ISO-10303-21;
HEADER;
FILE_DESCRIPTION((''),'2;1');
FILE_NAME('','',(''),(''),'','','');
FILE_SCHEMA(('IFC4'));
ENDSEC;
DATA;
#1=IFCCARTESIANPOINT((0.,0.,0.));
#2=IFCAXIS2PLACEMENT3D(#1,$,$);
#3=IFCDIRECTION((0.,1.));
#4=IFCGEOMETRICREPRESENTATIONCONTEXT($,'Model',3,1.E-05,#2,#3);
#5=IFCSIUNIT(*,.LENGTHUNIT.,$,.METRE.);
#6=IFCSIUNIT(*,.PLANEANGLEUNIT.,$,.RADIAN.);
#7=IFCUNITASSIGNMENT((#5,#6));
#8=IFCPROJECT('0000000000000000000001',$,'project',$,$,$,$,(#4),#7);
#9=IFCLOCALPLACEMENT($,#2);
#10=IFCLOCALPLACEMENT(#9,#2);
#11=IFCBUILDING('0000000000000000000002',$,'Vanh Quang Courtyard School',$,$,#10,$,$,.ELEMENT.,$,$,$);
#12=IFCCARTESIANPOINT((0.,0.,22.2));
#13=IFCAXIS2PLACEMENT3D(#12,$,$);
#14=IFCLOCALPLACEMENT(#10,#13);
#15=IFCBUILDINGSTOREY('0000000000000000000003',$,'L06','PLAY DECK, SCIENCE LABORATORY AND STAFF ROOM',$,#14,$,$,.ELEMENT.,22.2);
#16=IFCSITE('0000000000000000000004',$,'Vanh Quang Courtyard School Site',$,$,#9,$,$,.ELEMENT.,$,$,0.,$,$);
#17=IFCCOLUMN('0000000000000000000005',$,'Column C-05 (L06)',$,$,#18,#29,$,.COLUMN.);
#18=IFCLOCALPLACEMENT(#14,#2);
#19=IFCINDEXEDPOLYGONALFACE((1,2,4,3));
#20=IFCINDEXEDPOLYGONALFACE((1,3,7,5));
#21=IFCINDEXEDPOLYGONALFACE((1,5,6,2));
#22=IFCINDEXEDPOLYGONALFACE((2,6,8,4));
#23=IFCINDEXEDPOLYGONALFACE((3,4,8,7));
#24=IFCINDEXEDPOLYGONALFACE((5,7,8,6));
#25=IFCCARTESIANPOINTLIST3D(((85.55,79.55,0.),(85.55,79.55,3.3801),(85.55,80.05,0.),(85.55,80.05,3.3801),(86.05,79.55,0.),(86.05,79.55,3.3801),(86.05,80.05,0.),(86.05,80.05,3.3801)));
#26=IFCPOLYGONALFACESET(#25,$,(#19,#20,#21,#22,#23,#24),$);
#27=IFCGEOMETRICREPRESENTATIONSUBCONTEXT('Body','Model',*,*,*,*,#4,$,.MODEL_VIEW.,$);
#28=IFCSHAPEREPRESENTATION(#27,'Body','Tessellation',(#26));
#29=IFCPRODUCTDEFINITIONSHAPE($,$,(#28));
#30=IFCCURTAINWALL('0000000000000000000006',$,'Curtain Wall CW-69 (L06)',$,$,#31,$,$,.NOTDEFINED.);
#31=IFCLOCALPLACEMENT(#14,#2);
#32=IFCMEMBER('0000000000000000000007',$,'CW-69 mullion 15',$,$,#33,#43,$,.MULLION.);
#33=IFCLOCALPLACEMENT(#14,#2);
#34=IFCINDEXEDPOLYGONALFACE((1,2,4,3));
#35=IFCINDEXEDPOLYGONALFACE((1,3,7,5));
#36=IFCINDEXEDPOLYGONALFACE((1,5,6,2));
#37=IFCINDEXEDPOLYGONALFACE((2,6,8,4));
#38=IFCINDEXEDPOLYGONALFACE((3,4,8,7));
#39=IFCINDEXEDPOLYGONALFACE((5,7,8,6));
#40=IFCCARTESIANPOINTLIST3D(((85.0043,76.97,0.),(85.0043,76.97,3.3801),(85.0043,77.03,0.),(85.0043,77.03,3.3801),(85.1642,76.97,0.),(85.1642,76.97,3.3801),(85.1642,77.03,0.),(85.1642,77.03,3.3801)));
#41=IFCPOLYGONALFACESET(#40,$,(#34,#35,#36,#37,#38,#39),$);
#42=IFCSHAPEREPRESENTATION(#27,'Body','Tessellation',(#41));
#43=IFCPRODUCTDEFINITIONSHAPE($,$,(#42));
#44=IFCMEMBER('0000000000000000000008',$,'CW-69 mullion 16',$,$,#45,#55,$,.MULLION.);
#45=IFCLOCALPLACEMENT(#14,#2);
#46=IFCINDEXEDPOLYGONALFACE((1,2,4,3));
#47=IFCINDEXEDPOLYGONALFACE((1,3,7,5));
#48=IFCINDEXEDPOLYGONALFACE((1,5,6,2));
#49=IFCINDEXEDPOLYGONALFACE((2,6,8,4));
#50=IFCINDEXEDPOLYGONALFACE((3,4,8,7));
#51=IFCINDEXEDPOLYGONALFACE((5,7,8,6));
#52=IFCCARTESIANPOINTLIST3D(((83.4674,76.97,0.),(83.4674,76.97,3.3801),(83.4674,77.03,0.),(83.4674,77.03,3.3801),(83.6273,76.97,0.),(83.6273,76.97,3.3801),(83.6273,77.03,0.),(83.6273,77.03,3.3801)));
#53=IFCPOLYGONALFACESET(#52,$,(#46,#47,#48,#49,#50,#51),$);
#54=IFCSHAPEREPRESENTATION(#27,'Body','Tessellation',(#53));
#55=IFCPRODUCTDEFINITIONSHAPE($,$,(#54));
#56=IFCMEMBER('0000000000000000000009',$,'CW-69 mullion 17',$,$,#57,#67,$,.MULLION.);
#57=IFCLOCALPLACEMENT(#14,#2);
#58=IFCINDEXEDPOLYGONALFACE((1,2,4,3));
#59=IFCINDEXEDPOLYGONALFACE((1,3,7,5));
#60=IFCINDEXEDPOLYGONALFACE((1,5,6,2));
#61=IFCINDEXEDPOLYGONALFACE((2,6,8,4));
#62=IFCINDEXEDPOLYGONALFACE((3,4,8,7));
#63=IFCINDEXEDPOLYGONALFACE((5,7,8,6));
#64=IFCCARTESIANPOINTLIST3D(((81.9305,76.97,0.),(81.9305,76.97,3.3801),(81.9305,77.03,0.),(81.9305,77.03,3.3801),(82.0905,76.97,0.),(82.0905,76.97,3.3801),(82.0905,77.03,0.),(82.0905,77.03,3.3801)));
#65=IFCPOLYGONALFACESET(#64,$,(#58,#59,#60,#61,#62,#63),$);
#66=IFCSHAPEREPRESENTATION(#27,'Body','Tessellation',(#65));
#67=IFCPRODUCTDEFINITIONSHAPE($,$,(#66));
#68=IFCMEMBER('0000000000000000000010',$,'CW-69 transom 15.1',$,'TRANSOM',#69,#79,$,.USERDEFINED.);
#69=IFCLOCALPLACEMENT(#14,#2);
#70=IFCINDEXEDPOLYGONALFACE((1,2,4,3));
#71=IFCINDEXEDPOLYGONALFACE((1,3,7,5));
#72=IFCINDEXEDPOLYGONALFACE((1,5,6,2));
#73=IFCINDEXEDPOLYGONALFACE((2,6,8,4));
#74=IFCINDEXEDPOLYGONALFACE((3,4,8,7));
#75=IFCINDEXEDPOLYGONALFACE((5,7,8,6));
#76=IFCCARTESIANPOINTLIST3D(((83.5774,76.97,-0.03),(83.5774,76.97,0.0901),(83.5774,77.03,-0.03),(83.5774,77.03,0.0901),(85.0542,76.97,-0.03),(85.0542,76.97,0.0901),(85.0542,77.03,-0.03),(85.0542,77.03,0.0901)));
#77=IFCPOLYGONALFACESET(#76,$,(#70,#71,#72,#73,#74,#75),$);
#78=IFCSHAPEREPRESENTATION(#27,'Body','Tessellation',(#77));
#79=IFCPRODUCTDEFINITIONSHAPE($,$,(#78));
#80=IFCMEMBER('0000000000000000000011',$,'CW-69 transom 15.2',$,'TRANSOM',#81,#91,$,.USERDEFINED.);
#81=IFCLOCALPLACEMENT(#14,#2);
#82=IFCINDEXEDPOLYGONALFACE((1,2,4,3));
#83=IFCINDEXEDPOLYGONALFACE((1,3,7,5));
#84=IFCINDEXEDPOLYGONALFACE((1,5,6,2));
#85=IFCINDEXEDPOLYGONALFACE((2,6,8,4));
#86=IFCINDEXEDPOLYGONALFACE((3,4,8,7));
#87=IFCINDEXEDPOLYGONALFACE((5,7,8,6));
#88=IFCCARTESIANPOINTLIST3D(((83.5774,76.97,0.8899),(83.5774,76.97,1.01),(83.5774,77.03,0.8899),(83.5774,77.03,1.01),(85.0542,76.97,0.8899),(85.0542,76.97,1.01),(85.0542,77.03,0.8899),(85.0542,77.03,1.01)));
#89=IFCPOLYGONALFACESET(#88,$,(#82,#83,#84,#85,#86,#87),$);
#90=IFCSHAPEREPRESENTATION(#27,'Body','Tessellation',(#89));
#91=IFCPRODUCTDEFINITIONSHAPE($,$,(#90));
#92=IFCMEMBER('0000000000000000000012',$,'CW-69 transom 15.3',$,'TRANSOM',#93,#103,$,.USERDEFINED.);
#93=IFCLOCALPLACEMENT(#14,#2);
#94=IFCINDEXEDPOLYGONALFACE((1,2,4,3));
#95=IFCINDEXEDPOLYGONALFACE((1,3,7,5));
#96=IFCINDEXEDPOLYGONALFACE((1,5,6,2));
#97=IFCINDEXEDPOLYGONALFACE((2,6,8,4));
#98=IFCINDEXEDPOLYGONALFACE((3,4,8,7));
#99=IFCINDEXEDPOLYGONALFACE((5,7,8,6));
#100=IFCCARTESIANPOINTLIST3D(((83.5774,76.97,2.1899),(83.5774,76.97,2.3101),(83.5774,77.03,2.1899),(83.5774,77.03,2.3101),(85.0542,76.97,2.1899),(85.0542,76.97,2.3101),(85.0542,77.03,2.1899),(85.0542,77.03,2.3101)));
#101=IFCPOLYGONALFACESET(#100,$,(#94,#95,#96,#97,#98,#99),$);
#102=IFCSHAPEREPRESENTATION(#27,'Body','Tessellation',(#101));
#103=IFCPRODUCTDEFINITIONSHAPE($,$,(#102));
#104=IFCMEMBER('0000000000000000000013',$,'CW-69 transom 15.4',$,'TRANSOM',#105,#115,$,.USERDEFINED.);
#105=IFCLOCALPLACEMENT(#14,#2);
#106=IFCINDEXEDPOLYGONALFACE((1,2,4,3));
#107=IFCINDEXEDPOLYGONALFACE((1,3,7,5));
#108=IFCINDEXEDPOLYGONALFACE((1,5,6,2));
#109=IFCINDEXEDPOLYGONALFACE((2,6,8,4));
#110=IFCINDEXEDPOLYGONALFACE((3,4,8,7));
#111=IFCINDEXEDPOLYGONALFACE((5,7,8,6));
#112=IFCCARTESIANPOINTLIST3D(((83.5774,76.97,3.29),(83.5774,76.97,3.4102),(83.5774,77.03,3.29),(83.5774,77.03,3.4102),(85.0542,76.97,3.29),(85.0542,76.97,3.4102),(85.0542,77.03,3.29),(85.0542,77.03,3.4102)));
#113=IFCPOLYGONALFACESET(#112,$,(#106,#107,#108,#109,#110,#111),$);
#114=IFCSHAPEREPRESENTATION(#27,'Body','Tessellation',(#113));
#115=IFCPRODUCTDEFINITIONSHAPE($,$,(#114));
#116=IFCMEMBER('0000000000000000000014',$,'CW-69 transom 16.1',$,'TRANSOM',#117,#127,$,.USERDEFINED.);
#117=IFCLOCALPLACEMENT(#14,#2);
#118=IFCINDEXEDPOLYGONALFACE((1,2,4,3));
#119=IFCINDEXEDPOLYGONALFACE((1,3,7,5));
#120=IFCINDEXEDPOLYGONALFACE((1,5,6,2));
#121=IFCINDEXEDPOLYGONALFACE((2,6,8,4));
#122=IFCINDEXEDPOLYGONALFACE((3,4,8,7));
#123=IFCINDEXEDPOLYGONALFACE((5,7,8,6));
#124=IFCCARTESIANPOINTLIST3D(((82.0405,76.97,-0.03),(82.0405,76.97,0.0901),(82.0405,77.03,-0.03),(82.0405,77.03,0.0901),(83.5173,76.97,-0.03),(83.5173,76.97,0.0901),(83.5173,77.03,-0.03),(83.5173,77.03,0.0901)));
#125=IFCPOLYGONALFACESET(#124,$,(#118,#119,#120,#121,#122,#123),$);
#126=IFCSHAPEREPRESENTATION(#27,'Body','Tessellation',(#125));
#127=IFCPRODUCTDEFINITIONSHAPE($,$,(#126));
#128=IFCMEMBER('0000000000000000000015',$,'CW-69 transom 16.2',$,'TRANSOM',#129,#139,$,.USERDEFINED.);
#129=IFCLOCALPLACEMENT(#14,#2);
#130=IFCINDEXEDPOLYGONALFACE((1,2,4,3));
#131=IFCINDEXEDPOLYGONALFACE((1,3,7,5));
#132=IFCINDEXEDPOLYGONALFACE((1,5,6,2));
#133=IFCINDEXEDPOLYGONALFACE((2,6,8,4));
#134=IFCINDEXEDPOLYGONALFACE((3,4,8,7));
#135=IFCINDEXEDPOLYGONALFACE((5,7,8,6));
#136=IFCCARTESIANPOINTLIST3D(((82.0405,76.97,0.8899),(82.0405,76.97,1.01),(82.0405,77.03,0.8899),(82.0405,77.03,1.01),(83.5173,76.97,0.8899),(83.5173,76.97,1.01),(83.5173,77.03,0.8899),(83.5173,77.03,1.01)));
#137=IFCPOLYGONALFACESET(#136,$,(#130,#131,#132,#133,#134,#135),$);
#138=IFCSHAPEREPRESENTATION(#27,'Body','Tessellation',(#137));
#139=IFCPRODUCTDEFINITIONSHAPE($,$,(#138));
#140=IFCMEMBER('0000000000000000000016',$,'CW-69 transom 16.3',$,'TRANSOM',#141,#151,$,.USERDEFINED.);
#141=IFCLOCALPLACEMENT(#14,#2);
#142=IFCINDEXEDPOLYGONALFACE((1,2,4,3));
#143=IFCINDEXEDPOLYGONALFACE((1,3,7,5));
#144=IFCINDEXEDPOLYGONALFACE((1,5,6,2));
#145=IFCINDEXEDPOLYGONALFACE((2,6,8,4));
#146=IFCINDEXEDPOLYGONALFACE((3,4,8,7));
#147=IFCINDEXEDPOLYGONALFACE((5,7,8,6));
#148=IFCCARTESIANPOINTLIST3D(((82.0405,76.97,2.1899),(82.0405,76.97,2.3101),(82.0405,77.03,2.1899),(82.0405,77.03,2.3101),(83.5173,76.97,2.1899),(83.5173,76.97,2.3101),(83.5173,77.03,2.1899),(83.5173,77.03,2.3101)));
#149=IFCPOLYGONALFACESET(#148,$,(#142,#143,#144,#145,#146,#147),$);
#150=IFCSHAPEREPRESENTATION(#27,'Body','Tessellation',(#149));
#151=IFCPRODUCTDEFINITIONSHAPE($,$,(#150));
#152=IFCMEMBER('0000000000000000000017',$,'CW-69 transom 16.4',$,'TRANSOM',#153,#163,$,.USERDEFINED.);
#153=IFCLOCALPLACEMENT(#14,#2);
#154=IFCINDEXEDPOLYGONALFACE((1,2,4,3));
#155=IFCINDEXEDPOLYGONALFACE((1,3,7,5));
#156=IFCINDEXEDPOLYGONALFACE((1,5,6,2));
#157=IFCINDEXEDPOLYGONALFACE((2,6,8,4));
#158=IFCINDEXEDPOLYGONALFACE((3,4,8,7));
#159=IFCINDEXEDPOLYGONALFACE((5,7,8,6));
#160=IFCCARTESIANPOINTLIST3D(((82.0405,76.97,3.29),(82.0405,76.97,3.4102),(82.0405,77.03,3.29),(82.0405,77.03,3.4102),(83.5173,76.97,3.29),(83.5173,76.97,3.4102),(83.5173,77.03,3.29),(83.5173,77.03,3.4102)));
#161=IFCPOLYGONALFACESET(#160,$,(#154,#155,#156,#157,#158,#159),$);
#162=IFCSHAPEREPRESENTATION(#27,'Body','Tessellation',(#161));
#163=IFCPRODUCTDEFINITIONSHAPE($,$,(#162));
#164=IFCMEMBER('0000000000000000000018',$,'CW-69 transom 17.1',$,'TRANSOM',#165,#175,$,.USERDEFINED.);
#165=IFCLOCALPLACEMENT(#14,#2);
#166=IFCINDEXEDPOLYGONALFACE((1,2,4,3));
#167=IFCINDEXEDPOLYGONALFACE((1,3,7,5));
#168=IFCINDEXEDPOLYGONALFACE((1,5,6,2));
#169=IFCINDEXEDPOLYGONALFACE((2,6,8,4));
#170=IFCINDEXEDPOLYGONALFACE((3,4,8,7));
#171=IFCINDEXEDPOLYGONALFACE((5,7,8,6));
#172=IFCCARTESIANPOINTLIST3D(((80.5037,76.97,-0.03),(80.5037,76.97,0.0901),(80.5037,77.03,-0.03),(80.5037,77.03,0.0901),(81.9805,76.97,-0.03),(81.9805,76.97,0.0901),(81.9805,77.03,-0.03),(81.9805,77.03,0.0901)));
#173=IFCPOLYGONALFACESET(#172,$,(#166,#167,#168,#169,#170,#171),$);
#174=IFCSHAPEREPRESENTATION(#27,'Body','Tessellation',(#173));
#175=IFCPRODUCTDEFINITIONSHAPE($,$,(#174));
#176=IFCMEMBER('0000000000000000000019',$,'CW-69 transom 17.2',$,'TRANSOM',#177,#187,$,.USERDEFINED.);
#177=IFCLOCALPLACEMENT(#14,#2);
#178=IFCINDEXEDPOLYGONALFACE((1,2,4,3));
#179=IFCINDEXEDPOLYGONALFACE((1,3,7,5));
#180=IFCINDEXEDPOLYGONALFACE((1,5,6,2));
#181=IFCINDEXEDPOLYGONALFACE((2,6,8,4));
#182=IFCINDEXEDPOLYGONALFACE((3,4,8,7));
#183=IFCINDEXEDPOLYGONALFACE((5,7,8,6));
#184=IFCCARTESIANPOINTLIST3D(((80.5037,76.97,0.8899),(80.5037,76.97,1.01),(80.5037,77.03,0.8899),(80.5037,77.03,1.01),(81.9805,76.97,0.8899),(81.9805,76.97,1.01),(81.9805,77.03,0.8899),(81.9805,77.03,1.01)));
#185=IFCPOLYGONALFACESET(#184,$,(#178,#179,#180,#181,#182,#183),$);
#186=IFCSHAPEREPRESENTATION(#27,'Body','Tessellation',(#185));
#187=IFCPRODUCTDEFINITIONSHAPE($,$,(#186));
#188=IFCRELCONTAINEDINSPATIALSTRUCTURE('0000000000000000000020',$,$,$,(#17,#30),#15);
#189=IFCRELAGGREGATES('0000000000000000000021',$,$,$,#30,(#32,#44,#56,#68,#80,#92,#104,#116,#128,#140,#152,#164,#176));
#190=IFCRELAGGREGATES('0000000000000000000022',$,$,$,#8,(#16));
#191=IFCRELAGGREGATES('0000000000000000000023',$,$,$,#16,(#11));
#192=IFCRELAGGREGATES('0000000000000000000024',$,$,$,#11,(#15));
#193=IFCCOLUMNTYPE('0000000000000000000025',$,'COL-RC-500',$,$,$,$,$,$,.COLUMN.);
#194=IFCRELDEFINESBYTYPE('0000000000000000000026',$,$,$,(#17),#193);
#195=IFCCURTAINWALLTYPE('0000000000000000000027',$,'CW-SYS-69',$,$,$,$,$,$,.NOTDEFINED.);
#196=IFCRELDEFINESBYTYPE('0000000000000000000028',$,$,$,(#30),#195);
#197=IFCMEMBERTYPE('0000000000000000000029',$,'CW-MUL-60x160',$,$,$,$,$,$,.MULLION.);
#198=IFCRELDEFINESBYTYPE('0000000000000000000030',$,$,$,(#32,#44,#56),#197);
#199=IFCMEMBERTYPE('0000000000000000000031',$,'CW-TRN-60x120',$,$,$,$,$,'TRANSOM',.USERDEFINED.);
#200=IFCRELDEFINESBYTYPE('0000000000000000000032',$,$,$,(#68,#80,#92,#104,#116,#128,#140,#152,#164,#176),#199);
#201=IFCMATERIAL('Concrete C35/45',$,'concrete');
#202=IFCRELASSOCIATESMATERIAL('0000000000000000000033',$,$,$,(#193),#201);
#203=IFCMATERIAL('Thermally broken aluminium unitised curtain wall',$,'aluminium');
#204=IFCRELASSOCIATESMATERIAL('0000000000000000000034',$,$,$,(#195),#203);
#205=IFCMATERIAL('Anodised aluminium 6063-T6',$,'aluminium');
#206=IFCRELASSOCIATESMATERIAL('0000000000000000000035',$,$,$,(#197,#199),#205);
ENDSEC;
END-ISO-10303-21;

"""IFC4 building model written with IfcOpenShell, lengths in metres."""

from ifc_helpers import new_model, si_unit, direction, frame, origin, origin_2d, place, context, subcontext, project, spatial, rectangle, extrude, material, material_profile, profile_set, type_object, element, aggregate, save


model = new_model("IFC4")

# Units and contexts
model_context = context("Model", 3, precision=1e-05, world=origin(), true_north=direction((0.0, 1.0)))
body_context = subcontext(model_context, "Body", "Model", "MODEL_VIEW")
ifc_project = project(units=[si_unit("LENGTHUNIT", "METRE"), si_unit("PLANEANGLEUNIT", "RADIAN")], contexts=[model_context])

# Site, building, storey
site_placement = place(None, origin())
site = spatial("IfcSite", under=ifc_project, at=site_placement, Name="Vanh Quang Courtyard School Site", CompositionType="ELEMENT", RefElevation=0.0)
building_placement = place(site_placement, origin())
building = spatial("IfcBuilding", under=site, at=building_placement, Name="Vanh Quang Courtyard School", CompositionType="ELEMENT")
storey_placement = place(building_placement, frame((0.0, 0.0, 22.2)))
storey = spatial("IfcBuildingStorey", under=building, at=storey_placement, Name="L06", Description="PLAY DECK, SCIENCE LABORATORY AND STAFF ROOM", CompositionType="ELEMENT", Elevation=22.2)

# Column
ifc_material_1 = material(Name="Concrete C35/45", Category="concrete")
ifc_material_profile_1 = material_profile(ifc_material_1, rectangle(XDim=0.5, YDim=0.5, at=origin_2d()), Name="RC-COL 500x500")
ifc_profile_set_1 = profile_set([ifc_material_profile_1], Name="Concrete C35/45")
column_type = type_object("IfcColumnType", Name="COL-RC-500", PredefinedType="COLUMN", material=ifc_profile_set_1)
column_placement = place(storey_placement, frame((85.8, 79.8, 0.0), z_axis=(0.0, 0.0, 1.0), x_axis=(1.0, 0.0, 0.0)))
element("IfcColumn", 1, at=column_placement, inside=storey, type_object=column_type, Name="Column C-05 (L06)", PredefinedType="COLUMN", context=body_context, shape_type="SweptSolid", body=[
    extrude(rectangle(XDim=0.5, YDim=0.5, at=origin_2d()), origin(), (0.0, 0.0, 1.0), 3.3801),
])

# Curtain wall, members
ifc_material_2 = material(Name="Thermally broken aluminium unitised curtain wall", Category="aluminium")
curtain_wall_type = type_object("IfcCurtainWallType", Name="CW-SYS-69", PredefinedType="NOTDEFINED", material=ifc_material_2)
curtain_wall_placement = place(storey_placement, origin())
curtain_wall = element("IfcCurtainWall", 2, at=curtain_wall_placement, inside=storey, type_object=curtain_wall_type, Name="Curtain Wall CW-69 (L06)", PredefinedType="NOTDEFINED")
ifc_material_3 = material(Name="Anodised aluminium 6063-T6", Category="aluminium")
ifc_material_profile_2 = material_profile(ifc_material_3, rectangle(XDim=0.0601, YDim=0.1599, at=origin_2d()), Name="ALU-MUL 60x160")
ifc_profile_set_2 = profile_set([ifc_material_profile_2], Name="Anodised aluminium 6063-T6")
member_type_1 = type_object("IfcMemberType", Name="CW-MUL-60x160", PredefinedType="MULLION", material=ifc_profile_set_2)
member_1_placement = place(storey_placement, frame((85.0842, 77.0, 0.0), z_axis=(0.0, 0.0, 1.0), x_axis=(0.0, -1.0, 0.0)))
member_1 = element("IfcMember", 3, at=member_1_placement, type_object=member_type_1, Name="CW-69 mullion 15", PredefinedType="MULLION", context=body_context, shape_type="SweptSolid", body=[
    extrude(rectangle(XDim=0.0601, YDim=0.1599, at=origin_2d()), origin(), (0.0, 0.0, 1.0), 3.3801),
])
member_2_placement = place(storey_placement, frame((83.5474, 77.0, 0.0), z_axis=(0.0, 0.0, 1.0), x_axis=(0.0, -1.0, 0.0)))
member_2 = element("IfcMember", 4, at=member_2_placement, type_object=member_type_1, Name="CW-69 mullion 16", PredefinedType="MULLION", context=body_context, shape_type="SweptSolid", body=[
    extrude(rectangle(XDim=0.0601, YDim=0.1599, at=origin_2d()), origin(), (0.0, 0.0, 1.0), 3.3801),
])
member_3_placement = place(storey_placement, frame((82.0105, 77.0, 0.0), z_axis=(0.0, 0.0, 1.0), x_axis=(0.0, -1.0, 0.0)))
member_3 = element("IfcMember", 5, at=member_3_placement, type_object=member_type_1, Name="CW-69 mullion 17", PredefinedType="MULLION", context=body_context, shape_type="SweptSolid", body=[
    extrude(rectangle(XDim=0.0601, YDim=0.1599, at=origin_2d()), origin(), (0.0, 0.0, 1.0), 3.3801),
])
ifc_material_profile_3 = material_profile(ifc_material_3, rectangle(XDim=0.0601, YDim=0.1201, at=origin_2d()), Name="ALU-TRN 60x120")
ifc_profile_set_3 = profile_set([ifc_material_profile_3], Name="Anodised aluminium 6063-T6")
member_type_2 = type_object("IfcMemberType", Name="CW-TRN-60x120", ElementType="TRANSOM", PredefinedType="USERDEFINED", material=ifc_profile_set_3)
member_4_placement = place(storey_placement, frame((85.0542, 77.0, 0.03), z_axis=(-1.0, 0.0, 0.0), x_axis=(0.0, -1.0, 0.0)))
member_4 = element("IfcMember", 6, at=member_4_placement, type_object=member_type_2, Name="CW-69 transom 15.1", ObjectType="TRANSOM", PredefinedType="USERDEFINED", context=body_context, shape_type="SweptSolid", body=[
    extrude(rectangle(XDim=0.0601, YDim=0.1201, at=origin_2d()), origin(), (0.0, 0.0, 1.0), 1.4768),
])
member_5_placement = place(storey_placement, frame((85.0542, 77.0, 0.95), z_axis=(-1.0, 0.0, 0.0), x_axis=(0.0, -1.0, 0.0)))
member_5 = element("IfcMember", 7, at=member_5_placement, type_object=member_type_2, Name="CW-69 transom 15.2", ObjectType="TRANSOM", PredefinedType="USERDEFINED", context=body_context, shape_type="SweptSolid", body=[
    extrude(rectangle(XDim=0.0601, YDim=0.1201, at=origin_2d()), origin(), (0.0, 0.0, 1.0), 1.4768),
])
member_6_placement = place(storey_placement, frame((85.0542, 77.0, 2.25), z_axis=(-1.0, 0.0, 0.0), x_axis=(0.0, -1.0, 0.0)))
member_6 = element("IfcMember", 8, at=member_6_placement, type_object=member_type_2, Name="CW-69 transom 15.3", ObjectType="TRANSOM", PredefinedType="USERDEFINED", context=body_context, shape_type="SweptSolid", body=[
    extrude(rectangle(XDim=0.0601, YDim=0.1201, at=origin_2d()), origin(), (0.0, 0.0, 1.0), 1.4768),
])
member_7_placement = place(storey_placement, frame((85.0542, 77.0, 3.3501), z_axis=(-1.0, 0.0, 0.0), x_axis=(0.0, -1.0, 0.0)))
member_7 = element("IfcMember", 9, at=member_7_placement, type_object=member_type_2, Name="CW-69 transom 15.4", ObjectType="TRANSOM", PredefinedType="USERDEFINED", context=body_context, shape_type="SweptSolid", body=[
    extrude(rectangle(XDim=0.0601, YDim=0.1201, at=origin_2d()), origin(), (0.0, 0.0, 1.0), 1.4768),
])
member_8_placement = place(storey_placement, frame((83.5173, 77.0, 0.03), z_axis=(-1.0, 0.0, 0.0), x_axis=(0.0, -1.0, 0.0)))
member_8 = element("IfcMember", 10, at=member_8_placement, type_object=member_type_2, Name="CW-69 transom 16.1", ObjectType="TRANSOM", PredefinedType="USERDEFINED", context=body_context, shape_type="SweptSolid", body=[
    extrude(rectangle(XDim=0.0601, YDim=0.1201, at=origin_2d()), origin(), (0.0, 0.0, 1.0), 1.4768),
])
member_9_placement = place(storey_placement, frame((83.5173, 77.0, 0.95), z_axis=(-1.0, 0.0, 0.0), x_axis=(0.0, -1.0, 0.0)))
member_9 = element("IfcMember", 11, at=member_9_placement, type_object=member_type_2, Name="CW-69 transom 16.2", ObjectType="TRANSOM", PredefinedType="USERDEFINED", context=body_context, shape_type="SweptSolid", body=[
    extrude(rectangle(XDim=0.0601, YDim=0.1201, at=origin_2d()), origin(), (0.0, 0.0, 1.0), 1.4768),
])
member_10_placement = place(storey_placement, frame((83.5173, 77.0, 2.25), z_axis=(-1.0, 0.0, 0.0), x_axis=(0.0, -1.0, 0.0)))
member_10 = element("IfcMember", 12, at=member_10_placement, type_object=member_type_2, Name="CW-69 transom 16.3", ObjectType="TRANSOM", PredefinedType="USERDEFINED", context=body_context, shape_type="SweptSolid", body=[
    extrude(rectangle(XDim=0.0601, YDim=0.1201, at=origin_2d()), origin(), (0.0, 0.0, 1.0), 1.4768),
])
member_11_placement = place(storey_placement, frame((83.5173, 77.0, 3.3501), z_axis=(-1.0, 0.0, 0.0), x_axis=(0.0, -1.0, 0.0)))
member_11 = element("IfcMember", 13, at=member_11_placement, type_object=member_type_2, Name="CW-69 transom 16.4", ObjectType="TRANSOM", PredefinedType="USERDEFINED", context=body_context, shape_type="SweptSolid", body=[
    extrude(rectangle(XDim=0.0601, YDim=0.1201, at=origin_2d()), origin(), (0.0, 0.0, 1.0), 1.4768),
])
member_12_placement = place(storey_placement, frame((81.9805, 77.0, 0.03), z_axis=(-1.0, 0.0, 0.0), x_axis=(0.0, -1.0, 0.0)))
member_12 = element("IfcMember", 14, at=member_12_placement, type_object=member_type_2, Name="CW-69 transom 17.1", ObjectType="TRANSOM", PredefinedType="USERDEFINED", context=body_context, shape_type="SweptSolid", body=[
    extrude(rectangle(XDim=0.0601, YDim=0.1201, at=origin_2d()), origin(), (0.0, 0.0, 1.0), 1.4768),
])
member_13_placement = place(storey_placement, frame((81.9805, 77.0, 0.95), z_axis=(-1.0, 0.0, 0.0), x_axis=(0.0, -1.0, 0.0)))
member_13 = element("IfcMember", 15, at=member_13_placement, type_object=member_type_2, Name="CW-69 transom 17.2", ObjectType="TRANSOM", PredefinedType="USERDEFINED", context=body_context, shape_type="SweptSolid", body=[
    extrude(rectangle(XDim=0.0601, YDim=0.1201, at=origin_2d()), origin(), (0.0, 0.0, 1.0), 1.4768),
])
aggregate(curtain_wall, [member_1, member_2, member_3, member_4, member_5, member_6, member_7, member_8, member_9, member_10, member_11, member_12, member_13])

save(model, "model.ifc")
